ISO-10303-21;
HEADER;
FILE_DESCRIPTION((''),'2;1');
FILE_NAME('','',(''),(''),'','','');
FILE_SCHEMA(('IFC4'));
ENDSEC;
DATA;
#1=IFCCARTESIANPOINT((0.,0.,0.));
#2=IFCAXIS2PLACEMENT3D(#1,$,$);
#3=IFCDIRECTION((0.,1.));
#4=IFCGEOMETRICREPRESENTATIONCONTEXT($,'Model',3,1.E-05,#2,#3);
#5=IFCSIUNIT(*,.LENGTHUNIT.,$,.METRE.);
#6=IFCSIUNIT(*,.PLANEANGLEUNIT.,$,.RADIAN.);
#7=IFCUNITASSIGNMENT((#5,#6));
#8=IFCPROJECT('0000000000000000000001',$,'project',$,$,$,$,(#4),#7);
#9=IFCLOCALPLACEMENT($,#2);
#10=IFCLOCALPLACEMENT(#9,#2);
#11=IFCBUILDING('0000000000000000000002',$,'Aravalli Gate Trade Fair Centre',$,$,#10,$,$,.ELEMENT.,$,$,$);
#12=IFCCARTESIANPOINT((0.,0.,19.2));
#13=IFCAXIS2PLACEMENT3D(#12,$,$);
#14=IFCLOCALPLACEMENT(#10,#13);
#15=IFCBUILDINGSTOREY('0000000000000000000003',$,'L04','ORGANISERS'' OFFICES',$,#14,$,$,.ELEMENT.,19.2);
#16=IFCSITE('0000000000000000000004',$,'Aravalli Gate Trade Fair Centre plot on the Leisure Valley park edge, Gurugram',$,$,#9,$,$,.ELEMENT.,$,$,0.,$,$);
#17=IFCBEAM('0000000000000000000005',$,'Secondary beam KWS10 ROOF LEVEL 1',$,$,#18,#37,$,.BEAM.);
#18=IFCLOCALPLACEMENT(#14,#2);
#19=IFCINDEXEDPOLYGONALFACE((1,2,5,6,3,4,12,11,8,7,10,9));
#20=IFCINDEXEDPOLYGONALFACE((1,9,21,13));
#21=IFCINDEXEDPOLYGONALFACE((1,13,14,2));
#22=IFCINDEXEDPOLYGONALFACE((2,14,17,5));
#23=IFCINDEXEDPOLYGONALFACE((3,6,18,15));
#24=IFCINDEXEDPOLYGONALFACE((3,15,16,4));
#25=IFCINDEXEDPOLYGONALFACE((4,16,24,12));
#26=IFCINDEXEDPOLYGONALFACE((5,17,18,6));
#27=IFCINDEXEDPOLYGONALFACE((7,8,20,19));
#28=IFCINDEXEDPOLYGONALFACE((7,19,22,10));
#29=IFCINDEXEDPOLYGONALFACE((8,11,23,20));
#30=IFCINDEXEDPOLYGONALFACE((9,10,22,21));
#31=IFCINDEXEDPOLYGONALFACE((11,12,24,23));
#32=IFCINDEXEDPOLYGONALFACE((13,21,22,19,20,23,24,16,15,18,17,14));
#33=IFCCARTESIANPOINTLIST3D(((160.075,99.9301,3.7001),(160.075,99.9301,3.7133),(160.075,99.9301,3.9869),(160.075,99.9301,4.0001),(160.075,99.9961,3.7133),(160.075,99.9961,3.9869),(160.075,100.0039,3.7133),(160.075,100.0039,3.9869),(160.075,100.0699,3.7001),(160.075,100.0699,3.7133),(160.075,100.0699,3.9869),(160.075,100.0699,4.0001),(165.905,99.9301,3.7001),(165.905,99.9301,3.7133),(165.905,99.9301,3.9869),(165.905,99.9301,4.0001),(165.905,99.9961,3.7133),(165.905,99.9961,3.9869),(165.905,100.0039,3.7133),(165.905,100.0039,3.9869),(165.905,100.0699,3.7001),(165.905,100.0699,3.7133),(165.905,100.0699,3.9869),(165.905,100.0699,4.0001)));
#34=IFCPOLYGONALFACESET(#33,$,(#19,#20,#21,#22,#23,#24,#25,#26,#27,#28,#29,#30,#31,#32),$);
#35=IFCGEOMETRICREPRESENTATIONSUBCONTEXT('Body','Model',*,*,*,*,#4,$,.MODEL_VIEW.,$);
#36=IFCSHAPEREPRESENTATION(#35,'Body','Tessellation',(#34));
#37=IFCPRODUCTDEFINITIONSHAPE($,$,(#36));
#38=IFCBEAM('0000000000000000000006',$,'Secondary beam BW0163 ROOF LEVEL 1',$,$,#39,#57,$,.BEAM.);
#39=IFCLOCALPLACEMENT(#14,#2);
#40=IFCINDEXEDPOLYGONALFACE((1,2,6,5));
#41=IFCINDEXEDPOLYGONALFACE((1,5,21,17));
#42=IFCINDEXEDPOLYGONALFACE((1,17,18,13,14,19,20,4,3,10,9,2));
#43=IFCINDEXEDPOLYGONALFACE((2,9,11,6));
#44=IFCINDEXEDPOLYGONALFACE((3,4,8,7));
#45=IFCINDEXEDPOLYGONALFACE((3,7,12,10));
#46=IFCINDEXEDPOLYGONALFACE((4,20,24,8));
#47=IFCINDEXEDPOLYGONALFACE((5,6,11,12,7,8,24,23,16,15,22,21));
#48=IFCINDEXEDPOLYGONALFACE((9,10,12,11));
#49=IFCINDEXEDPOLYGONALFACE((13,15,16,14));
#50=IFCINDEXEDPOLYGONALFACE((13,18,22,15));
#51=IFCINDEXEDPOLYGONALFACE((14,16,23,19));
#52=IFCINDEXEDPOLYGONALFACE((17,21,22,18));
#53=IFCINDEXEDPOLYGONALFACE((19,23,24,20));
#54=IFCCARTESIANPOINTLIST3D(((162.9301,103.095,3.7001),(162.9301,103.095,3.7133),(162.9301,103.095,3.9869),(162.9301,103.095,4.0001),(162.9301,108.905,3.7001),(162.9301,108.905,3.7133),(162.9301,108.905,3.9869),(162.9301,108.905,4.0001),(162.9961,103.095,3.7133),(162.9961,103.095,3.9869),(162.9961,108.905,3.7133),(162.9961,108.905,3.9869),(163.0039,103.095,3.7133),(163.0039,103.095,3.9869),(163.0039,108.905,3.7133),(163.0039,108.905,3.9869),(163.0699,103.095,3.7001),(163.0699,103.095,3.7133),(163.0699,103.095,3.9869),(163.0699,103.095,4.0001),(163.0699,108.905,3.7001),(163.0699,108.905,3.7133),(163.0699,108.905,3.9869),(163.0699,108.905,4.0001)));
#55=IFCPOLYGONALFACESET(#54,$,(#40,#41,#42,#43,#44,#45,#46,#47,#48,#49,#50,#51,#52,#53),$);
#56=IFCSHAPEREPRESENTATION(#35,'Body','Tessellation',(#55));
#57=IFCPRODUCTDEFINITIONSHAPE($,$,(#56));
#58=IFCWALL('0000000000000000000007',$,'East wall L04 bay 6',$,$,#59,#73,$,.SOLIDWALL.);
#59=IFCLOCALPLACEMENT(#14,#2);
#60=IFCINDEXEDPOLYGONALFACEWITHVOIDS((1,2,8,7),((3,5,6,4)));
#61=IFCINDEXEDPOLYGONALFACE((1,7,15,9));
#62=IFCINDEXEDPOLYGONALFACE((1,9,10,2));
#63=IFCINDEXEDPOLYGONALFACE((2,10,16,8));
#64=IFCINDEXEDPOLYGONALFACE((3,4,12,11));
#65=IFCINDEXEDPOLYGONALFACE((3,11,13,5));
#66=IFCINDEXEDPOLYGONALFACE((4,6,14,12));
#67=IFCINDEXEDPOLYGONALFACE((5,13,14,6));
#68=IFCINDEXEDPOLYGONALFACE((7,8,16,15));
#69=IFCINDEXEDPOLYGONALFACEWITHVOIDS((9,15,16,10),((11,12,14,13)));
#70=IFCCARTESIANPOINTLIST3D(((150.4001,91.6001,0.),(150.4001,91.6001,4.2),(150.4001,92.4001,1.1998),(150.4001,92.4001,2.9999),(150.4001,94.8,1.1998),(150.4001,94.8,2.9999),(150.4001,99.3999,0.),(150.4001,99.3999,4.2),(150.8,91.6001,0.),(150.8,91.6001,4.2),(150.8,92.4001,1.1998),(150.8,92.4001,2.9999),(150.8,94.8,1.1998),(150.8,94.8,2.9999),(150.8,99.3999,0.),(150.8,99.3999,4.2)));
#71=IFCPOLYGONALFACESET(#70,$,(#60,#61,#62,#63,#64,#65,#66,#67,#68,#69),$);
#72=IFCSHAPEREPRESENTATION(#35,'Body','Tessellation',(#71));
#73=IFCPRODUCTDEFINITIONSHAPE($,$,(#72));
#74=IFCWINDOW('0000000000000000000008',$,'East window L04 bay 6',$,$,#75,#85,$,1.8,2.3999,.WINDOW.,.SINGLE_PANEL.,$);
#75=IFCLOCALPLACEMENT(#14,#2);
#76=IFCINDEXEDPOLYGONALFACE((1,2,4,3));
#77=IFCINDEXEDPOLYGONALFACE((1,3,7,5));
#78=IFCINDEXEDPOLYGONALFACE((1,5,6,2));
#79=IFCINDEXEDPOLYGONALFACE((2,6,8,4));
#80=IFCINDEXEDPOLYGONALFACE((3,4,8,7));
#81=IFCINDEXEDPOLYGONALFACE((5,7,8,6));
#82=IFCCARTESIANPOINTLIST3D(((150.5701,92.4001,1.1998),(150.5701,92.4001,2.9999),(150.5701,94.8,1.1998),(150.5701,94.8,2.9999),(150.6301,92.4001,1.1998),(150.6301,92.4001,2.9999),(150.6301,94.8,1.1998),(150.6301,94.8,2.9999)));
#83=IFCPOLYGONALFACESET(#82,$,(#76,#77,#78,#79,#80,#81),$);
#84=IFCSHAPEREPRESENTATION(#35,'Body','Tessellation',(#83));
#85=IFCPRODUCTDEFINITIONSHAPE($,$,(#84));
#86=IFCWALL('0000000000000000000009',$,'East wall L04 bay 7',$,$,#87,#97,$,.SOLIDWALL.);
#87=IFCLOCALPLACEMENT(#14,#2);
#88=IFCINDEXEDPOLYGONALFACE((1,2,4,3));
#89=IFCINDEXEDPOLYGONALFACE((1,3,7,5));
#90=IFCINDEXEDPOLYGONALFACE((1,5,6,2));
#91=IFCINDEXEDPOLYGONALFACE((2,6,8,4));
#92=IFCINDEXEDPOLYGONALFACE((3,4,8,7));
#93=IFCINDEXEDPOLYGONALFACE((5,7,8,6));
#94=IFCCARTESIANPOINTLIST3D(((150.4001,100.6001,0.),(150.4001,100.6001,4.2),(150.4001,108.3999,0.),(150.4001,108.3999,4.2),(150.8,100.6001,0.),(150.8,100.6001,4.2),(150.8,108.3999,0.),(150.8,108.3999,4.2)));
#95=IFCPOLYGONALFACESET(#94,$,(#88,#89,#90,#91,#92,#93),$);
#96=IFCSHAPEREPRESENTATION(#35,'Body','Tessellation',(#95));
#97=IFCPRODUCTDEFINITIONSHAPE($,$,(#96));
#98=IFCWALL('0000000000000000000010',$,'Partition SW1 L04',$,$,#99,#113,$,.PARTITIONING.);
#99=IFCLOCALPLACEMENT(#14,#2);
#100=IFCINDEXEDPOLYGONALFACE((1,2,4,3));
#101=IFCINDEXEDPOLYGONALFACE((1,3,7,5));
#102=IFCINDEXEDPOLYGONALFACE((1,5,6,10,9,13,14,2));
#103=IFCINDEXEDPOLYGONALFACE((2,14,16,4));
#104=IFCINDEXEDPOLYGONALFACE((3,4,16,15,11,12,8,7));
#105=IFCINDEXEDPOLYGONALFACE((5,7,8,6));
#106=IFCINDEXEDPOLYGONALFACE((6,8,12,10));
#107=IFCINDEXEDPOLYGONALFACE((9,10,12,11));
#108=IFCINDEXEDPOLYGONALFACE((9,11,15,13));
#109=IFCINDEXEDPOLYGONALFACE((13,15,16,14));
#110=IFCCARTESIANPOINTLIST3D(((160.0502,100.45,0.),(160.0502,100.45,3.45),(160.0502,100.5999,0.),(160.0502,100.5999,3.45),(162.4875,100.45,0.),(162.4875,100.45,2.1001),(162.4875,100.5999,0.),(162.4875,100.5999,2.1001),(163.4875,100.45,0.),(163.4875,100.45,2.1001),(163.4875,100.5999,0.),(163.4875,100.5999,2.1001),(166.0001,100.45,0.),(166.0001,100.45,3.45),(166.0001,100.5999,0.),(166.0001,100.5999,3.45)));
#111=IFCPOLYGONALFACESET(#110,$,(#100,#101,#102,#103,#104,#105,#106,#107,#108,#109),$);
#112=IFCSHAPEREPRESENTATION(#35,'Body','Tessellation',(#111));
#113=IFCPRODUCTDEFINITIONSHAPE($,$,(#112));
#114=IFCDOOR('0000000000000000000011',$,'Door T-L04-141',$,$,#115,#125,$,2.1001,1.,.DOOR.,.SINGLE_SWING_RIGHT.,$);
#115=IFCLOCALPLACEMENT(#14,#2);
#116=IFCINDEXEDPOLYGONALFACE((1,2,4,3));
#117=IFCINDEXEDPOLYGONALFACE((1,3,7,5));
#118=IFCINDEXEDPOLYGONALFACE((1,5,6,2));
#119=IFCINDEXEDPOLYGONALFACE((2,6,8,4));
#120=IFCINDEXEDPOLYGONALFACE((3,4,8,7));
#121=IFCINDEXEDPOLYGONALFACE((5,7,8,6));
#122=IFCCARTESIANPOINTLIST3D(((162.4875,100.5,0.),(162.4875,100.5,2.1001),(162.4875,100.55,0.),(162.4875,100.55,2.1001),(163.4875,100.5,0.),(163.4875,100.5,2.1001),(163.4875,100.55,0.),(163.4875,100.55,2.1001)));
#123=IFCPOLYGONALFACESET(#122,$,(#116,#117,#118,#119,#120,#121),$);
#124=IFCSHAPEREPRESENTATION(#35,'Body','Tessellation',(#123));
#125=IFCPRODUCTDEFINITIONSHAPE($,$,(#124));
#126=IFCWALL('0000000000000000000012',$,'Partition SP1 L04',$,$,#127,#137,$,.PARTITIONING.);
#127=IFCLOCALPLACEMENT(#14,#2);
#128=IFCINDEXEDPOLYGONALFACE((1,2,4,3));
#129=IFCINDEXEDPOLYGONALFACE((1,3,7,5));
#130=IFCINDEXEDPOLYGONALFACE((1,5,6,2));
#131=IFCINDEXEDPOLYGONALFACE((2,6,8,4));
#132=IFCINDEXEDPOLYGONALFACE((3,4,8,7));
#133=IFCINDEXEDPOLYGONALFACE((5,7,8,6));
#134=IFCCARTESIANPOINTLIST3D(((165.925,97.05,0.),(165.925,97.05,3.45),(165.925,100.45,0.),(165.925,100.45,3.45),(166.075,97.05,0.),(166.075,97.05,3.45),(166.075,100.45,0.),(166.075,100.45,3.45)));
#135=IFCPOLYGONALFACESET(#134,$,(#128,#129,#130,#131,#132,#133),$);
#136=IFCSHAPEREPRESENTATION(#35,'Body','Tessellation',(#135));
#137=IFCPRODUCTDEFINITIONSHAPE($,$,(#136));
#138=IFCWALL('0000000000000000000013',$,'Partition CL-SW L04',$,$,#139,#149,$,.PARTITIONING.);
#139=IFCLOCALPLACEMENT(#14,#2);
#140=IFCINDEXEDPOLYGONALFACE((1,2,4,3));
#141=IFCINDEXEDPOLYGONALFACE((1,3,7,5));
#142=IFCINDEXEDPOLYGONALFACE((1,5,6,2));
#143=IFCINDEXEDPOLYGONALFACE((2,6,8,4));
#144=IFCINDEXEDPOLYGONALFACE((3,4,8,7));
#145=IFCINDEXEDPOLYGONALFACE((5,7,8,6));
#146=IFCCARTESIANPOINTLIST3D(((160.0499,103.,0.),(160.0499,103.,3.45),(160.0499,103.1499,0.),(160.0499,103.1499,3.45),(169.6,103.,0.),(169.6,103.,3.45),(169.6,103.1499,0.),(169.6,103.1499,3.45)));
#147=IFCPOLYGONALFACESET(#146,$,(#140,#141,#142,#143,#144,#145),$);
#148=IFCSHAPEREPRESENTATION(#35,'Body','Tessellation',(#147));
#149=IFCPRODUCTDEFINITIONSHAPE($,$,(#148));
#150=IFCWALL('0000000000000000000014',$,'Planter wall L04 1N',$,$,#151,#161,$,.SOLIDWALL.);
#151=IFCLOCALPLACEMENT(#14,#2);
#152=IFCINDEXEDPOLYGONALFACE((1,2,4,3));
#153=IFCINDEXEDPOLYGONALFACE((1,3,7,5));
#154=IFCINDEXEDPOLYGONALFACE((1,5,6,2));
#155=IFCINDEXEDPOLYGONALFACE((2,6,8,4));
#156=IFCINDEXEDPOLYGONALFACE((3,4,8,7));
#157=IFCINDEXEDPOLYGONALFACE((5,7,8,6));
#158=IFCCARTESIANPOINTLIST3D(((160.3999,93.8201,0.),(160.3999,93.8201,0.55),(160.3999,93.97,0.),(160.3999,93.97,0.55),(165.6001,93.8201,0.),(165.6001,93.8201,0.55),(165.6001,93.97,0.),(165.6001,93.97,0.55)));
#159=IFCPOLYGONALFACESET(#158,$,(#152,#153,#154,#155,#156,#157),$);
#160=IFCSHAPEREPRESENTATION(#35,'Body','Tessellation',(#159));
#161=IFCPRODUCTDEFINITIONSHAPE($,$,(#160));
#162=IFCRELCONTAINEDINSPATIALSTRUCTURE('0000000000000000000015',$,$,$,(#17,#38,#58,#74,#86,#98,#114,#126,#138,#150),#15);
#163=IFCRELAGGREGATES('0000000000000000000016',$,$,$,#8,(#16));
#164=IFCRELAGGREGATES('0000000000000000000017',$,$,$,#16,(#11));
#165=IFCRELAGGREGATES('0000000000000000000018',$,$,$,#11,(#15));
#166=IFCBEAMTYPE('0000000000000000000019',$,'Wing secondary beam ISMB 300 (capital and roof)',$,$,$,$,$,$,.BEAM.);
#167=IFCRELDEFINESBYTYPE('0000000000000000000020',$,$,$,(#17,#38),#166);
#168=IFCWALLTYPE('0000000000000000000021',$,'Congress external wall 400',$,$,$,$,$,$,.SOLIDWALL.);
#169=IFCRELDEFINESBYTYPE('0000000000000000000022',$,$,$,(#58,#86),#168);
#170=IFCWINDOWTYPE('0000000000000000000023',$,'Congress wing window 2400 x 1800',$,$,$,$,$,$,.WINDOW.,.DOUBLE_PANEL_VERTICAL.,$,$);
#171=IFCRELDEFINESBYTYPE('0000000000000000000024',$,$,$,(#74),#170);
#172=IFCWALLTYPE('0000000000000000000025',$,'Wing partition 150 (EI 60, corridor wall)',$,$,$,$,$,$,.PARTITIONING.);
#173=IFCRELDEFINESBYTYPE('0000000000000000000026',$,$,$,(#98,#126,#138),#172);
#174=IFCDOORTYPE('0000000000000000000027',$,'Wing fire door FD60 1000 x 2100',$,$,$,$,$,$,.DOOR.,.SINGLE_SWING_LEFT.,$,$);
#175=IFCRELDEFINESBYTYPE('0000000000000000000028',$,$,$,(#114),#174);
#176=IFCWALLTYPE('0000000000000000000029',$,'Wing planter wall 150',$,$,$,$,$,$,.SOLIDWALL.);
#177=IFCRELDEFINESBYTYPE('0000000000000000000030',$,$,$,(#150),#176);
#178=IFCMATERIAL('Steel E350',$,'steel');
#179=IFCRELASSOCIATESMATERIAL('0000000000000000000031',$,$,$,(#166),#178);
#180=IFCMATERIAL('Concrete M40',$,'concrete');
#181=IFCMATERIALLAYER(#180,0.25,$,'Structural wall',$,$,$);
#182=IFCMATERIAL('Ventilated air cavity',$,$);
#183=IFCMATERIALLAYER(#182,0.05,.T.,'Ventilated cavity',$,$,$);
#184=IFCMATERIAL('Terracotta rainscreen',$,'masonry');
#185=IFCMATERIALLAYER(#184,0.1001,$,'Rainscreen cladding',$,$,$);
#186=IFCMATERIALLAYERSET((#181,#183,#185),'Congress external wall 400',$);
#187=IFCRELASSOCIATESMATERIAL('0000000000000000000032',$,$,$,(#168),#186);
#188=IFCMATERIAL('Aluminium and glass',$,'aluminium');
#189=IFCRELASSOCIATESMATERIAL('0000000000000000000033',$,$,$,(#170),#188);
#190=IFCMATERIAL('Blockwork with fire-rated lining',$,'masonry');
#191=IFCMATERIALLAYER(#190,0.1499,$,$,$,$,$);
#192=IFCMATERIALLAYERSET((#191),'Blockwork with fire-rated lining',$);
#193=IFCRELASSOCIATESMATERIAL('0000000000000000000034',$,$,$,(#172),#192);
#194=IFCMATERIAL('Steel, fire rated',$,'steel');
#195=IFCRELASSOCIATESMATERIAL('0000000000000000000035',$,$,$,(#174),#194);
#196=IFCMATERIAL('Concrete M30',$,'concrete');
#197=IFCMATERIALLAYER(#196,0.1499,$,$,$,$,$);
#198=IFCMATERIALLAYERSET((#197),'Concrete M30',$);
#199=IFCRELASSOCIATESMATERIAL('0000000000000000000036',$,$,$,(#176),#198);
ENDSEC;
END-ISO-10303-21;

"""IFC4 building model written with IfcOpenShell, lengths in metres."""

from ifc_helpers import new_model, si_unit, direction, frame, frame_2d, origin, origin_2d, place, context, subcontext, project, spatial, rectangle, i_section, extrude, material, layer, layer_set, material_profile, profile_set, type_object, element, fill, save


model = new_model("IFC4")

# Units and contexts
model_context = context("Model", 3, precision=1e-05, world=origin(), true_north=direction((0.0, 1.0)))
body_context = subcontext(model_context, "Body", "Model", "MODEL_VIEW")
ifc_project = project(units=[si_unit("LENGTHUNIT", "METRE"), si_unit("PLANEANGLEUNIT", "RADIAN")], contexts=[model_context])

# Site, building, storey
site_placement = place(None, origin())
site = spatial("IfcSite", under=ifc_project, at=site_placement, Name="Aravalli Gate Trade Fair Centre plot on the Leisure Valley park edge, Gurugram", CompositionType="ELEMENT", RefElevation=0.0)
building_placement = place(site_placement, origin())
building = spatial("IfcBuilding", under=site, at=building_placement, Name="Aravalli Gate Trade Fair Centre", CompositionType="ELEMENT")
storey_placement = place(building_placement, frame((0.0, 0.0, 19.2)))
storey = spatial("IfcBuildingStorey", under=building, at=storey_placement, Name="L04", Description="ORGANISERS' OFFICES", CompositionType="ELEMENT", Elevation=19.2)

# Shared definitions
ifc_material_1 = material(Name="Steel E350", Category="steel")

# Beams
ifc_material_profile_1 = material_profile(ifc_material_1, i_section(OverallWidth=0.1399, OverallDepth=0.3, WebThickness=0.0078, FlangeThickness=0.0132, at=origin_2d()), Name="ISMB 300")
ifc_profile_set_1 = profile_set([ifc_material_profile_1], Name="Steel E350")
beam_type_1 = type_object("IfcBeamType", Name="Wing secondary beam ISMB 300 (capital and roof)", PredefinedType="BEAM", material=ifc_profile_set_1)
beam_1_placement = place(storey_placement, frame((160.075, 100.0, 3.8501), z_axis=(1.0, 0.0, 0.0), x_axis=(0.0, 1.0, 0.0)))
element("IfcBeam", 1, at=beam_1_placement, inside=storey, type_object=beam_type_1, Name="Secondary beam KWS10 ROOF LEVEL 1", PredefinedType="BEAM", context=body_context, shape_type="SweptSolid", body=[
    extrude(i_section(OverallWidth=0.1399, OverallDepth=0.3, WebThickness=0.0078, FlangeThickness=0.0132, at=origin_2d()), origin(), (0.0, 0.0, 1.0), 5.8301),
])
beam_2_placement = place(storey_placement, frame((163.0, 103.095, 3.8501), z_axis=(0.0, 1.0, 0.0), x_axis=(-1.0, 0.0, 0.0)))
element("IfcBeam", 2, at=beam_2_placement, inside=storey, type_object=beam_type_1, Name="Secondary beam BW0163 ROOF LEVEL 1", PredefinedType="BEAM", context=body_context, shape_type="SweptSolid", body=[
    extrude(i_section(OverallWidth=0.1399, OverallDepth=0.3, WebThickness=0.0078, FlangeThickness=0.0132, at=origin_2d()), origin(), (0.0, 0.0, 1.0), 5.8101),
])

# Wall, opening, window
ifc_material_2 = material(Name="Concrete M40", Category="concrete")
ifc_layer_1 = layer(ifc_material_2, 0.25, Name="Structural wall")
ifc_material_3 = material(Name="Ventilated air cavity")
ifc_layer_2 = layer(ifc_material_3, 0.05, ventilated=True, Name="Ventilated cavity")
ifc_material_4 = material(Name="Terracotta rainscreen", Category="masonry")
ifc_layer_3 = layer(ifc_material_4, 0.1001, Name="Rainscreen cladding")
ifc_layer_set_1 = layer_set([ifc_layer_1, ifc_layer_2, ifc_layer_3], Name="Congress external wall 400")
wall_type_1 = type_object("IfcWallType", Name="Congress external wall 400", PredefinedType="SOLIDWALL", material=ifc_layer_set_1)
wall_1_placement = place(storey_placement, frame((150.6001, 91.6001, 0.0), z_axis=(0.0, 0.0, 1.0), x_axis=(0.0, 1.0, 0.0)))
wall_1 = element("IfcWall", 3, at=wall_1_placement, inside=storey, type_object=wall_type_1, Name="East wall L04 bay 6", PredefinedType="SOLIDWALL", context=body_context, shape_type="SweptSolid", body=[
    extrude(rectangle(XDim=7.7998, YDim=0.3999, at=frame_2d((3.8999, 0.0))), origin(), (0.0, 0.0, 1.0), 4.2),
])
opening_1_placement = place(wall_1_placement, frame((0.8, 0.0, 1.2)))
opening_1 = element("IfcOpeningElement", 4, at=opening_1_placement, cuts=wall_1, PredefinedType="OPENING", context=body_context, shape_type="SweptSolid", body=[
    extrude(rectangle(XDim=2.3999, YDim=1.8, at=frame_2d((1.2, 0.8999))), frame((0.0, 0.21, 0.0), z_axis=(0.0, -1.0, 0.0), x_axis=(1.0, 0.0, 0.0)), (0.0, 0.0, 1.0), 0.4199),
])
ifc_material_5 = material(Name="Aluminium and glass", Category="aluminium")
window_type_1 = type_object("IfcWindowType", Name="Congress wing window 2400 x 1800", PartitioningType="DOUBLE_PANEL_VERTICAL", PredefinedType="WINDOW", material=ifc_material_5)
window_1_placement = place(opening_1_placement, origin())
window_1 = element("IfcWindow", 5, at=window_1_placement, inside=storey, type_object=window_type_1, Name="East window L04 bay 6", OverallHeight=1.8, OverallWidth=2.3999, PartitioningType="SINGLE_PANEL", PredefinedType="WINDOW", context=body_context, shape_type="SweptSolid", body=[
    extrude(rectangle(XDim=2.3999, YDim=1.8, at=frame_2d((1.2, 0.8999))), frame((0.0, 0.03, 0.0), z_axis=(0.0, -1.0, 0.0), x_axis=(1.0, 0.0, 0.0)), (0.0, 0.0, 1.0), 0.0601),
])
fill(opening_1, window_1)

# Wall
wall_2_placement = place(storey_placement, frame((150.6001, 100.6001, 0.0), z_axis=(0.0, 0.0, 1.0), x_axis=(0.0, 1.0, 0.0)))
element("IfcWall", 6, at=wall_2_placement, inside=storey, type_object=wall_type_1, Name="East wall L04 bay 7", PredefinedType="SOLIDWALL", context=body_context, shape_type="SweptSolid", body=[
    extrude(rectangle(XDim=7.7998, YDim=0.3999, at=frame_2d((3.8999, 0.0))), origin(), (0.0, 0.0, 1.0), 4.2),
])

# Wall, opening, door
ifc_material_6 = material(Name="Blockwork with fire-rated lining", Category="masonry")
ifc_layer_4 = layer(ifc_material_6, 0.1499)
ifc_layer_set_2 = layer_set([ifc_layer_4], Name="Blockwork with fire-rated lining")
wall_type_2 = type_object("IfcWallType", Name="Wing partition 150 (EI 60, corridor wall)", PredefinedType="PARTITIONING", material=ifc_layer_set_2)
wall_3_placement = place(storey_placement, frame((160.05, 100.5249, 0.0), z_axis=(0.0, 0.0, 1.0), x_axis=(1.0, 0.0, 0.0)))
wall_3 = element("IfcWall", 7, at=wall_3_placement, inside=storey, type_object=wall_type_2, Name="Partition SW1 L04", PredefinedType="PARTITIONING", context=body_context, shape_type="SweptSolid", body=[
    extrude(rectangle(XDim=5.95, YDim=0.1499, at=frame_2d((2.9751, 0.0))), origin(), (0.0, 0.0, 1.0), 3.45),
])
opening_2_placement = place(wall_3_placement, frame((2.4375, 0.0, 0.0)))
opening_2 = element("IfcOpeningElement", 8, at=opening_2_placement, cuts=wall_3, PredefinedType="OPENING", context=body_context, shape_type="SweptSolid", body=[
    extrude(rectangle(XDim=1.0, YDim=2.1001, at=frame_2d((0.5, 1.05))), frame((0.0, 0.085, 0.0), z_axis=(0.0, -1.0, 0.0), x_axis=(1.0, 0.0, 0.0)), (0.0, 0.0, 1.0), 0.1699),
])
ifc_material_7 = material(Name="Steel, fire rated", Category="steel")
door_type = type_object("IfcDoorType", Name="Wing fire door FD60 1000 x 2100", OperationType="SINGLE_SWING_LEFT", PredefinedType="DOOR", material=ifc_material_7)
door_placement = place(opening_2_placement, frame((1.0, 0.0, 0.0), z_axis=(0.0, 0.0, 1.0), x_axis=(-1.0, 0.0, 0.0)))
door = element("IfcDoor", 9, at=door_placement, inside=storey, type_object=door_type, Name="Door T-L04-141", OperationType="SINGLE_SWING_RIGHT", OverallHeight=2.1001, OverallWidth=1.0, PredefinedType="DOOR", context=body_context, shape_type="SweptSolid", body=[
    extrude(rectangle(XDim=1.0, YDim=2.1001, at=frame_2d((0.5, 1.05))), frame((0.0, 0.0249, 0.0), z_axis=(0.0, -1.0, 0.0), x_axis=(1.0, 0.0, 0.0)), (0.0, 0.0, 1.0), 0.05),
])
fill(opening_2, door)

# Walls
wall_4_placement = place(storey_placement, frame((166.0, 97.05, 0.0), z_axis=(0.0, 0.0, 1.0), x_axis=(0.0, 1.0, 0.0)))
element("IfcWall", 10, at=wall_4_placement, inside=storey, type_object=wall_type_2, Name="Partition SP1 L04", PredefinedType="PARTITIONING", context=body_context, shape_type="SweptSolid", body=[
    extrude(rectangle(XDim=3.3999, YDim=0.1499, at=frame_2d((1.7, 0.0))), origin(), (0.0, 0.0, 1.0), 3.45),
])
wall_5_placement = place(storey_placement, frame((160.05, 103.075, 0.0), z_axis=(0.0, 0.0, 1.0), x_axis=(1.0, 0.0, 0.0)))
element("IfcWall", 11, at=wall_5_placement, inside=storey, type_object=wall_type_2, Name="Partition CL-SW L04", PredefinedType="PARTITIONING", context=body_context, shape_type="SweptSolid", body=[
    extrude(rectangle(XDim=9.55, YDim=0.1499, at=frame_2d((4.7749, 0.0))), origin(), (0.0, 0.0, 1.0), 3.45),
])
ifc_material_8 = material(Name="Concrete M30", Category="concrete")
ifc_layer_5 = layer(ifc_material_8, 0.1499)
ifc_layer_set_3 = layer_set([ifc_layer_5], Name="Concrete M30")
wall_type_3 = type_object("IfcWallType", Name="Wing planter wall 150", PredefinedType="SOLIDWALL", material=ifc_layer_set_3)
wall_6_placement = place(storey_placement, frame((160.3999, 93.895, 0.0), z_axis=(0.0, 0.0, 1.0), x_axis=(1.0, 0.0, 0.0)))
element("IfcWall", 12, at=wall_6_placement, inside=storey, type_object=wall_type_3, Name="Planter wall L04 1N", PredefinedType="SOLIDWALL", context=body_context, shape_type="SweptSolid", body=[
    extrude(rectangle(XDim=5.2002, YDim=0.1499, at=frame_2d((2.6001, 0.0))), origin(), (0.0, 0.0, 1.0), 0.55),
])

save(model, "model.ifc")
